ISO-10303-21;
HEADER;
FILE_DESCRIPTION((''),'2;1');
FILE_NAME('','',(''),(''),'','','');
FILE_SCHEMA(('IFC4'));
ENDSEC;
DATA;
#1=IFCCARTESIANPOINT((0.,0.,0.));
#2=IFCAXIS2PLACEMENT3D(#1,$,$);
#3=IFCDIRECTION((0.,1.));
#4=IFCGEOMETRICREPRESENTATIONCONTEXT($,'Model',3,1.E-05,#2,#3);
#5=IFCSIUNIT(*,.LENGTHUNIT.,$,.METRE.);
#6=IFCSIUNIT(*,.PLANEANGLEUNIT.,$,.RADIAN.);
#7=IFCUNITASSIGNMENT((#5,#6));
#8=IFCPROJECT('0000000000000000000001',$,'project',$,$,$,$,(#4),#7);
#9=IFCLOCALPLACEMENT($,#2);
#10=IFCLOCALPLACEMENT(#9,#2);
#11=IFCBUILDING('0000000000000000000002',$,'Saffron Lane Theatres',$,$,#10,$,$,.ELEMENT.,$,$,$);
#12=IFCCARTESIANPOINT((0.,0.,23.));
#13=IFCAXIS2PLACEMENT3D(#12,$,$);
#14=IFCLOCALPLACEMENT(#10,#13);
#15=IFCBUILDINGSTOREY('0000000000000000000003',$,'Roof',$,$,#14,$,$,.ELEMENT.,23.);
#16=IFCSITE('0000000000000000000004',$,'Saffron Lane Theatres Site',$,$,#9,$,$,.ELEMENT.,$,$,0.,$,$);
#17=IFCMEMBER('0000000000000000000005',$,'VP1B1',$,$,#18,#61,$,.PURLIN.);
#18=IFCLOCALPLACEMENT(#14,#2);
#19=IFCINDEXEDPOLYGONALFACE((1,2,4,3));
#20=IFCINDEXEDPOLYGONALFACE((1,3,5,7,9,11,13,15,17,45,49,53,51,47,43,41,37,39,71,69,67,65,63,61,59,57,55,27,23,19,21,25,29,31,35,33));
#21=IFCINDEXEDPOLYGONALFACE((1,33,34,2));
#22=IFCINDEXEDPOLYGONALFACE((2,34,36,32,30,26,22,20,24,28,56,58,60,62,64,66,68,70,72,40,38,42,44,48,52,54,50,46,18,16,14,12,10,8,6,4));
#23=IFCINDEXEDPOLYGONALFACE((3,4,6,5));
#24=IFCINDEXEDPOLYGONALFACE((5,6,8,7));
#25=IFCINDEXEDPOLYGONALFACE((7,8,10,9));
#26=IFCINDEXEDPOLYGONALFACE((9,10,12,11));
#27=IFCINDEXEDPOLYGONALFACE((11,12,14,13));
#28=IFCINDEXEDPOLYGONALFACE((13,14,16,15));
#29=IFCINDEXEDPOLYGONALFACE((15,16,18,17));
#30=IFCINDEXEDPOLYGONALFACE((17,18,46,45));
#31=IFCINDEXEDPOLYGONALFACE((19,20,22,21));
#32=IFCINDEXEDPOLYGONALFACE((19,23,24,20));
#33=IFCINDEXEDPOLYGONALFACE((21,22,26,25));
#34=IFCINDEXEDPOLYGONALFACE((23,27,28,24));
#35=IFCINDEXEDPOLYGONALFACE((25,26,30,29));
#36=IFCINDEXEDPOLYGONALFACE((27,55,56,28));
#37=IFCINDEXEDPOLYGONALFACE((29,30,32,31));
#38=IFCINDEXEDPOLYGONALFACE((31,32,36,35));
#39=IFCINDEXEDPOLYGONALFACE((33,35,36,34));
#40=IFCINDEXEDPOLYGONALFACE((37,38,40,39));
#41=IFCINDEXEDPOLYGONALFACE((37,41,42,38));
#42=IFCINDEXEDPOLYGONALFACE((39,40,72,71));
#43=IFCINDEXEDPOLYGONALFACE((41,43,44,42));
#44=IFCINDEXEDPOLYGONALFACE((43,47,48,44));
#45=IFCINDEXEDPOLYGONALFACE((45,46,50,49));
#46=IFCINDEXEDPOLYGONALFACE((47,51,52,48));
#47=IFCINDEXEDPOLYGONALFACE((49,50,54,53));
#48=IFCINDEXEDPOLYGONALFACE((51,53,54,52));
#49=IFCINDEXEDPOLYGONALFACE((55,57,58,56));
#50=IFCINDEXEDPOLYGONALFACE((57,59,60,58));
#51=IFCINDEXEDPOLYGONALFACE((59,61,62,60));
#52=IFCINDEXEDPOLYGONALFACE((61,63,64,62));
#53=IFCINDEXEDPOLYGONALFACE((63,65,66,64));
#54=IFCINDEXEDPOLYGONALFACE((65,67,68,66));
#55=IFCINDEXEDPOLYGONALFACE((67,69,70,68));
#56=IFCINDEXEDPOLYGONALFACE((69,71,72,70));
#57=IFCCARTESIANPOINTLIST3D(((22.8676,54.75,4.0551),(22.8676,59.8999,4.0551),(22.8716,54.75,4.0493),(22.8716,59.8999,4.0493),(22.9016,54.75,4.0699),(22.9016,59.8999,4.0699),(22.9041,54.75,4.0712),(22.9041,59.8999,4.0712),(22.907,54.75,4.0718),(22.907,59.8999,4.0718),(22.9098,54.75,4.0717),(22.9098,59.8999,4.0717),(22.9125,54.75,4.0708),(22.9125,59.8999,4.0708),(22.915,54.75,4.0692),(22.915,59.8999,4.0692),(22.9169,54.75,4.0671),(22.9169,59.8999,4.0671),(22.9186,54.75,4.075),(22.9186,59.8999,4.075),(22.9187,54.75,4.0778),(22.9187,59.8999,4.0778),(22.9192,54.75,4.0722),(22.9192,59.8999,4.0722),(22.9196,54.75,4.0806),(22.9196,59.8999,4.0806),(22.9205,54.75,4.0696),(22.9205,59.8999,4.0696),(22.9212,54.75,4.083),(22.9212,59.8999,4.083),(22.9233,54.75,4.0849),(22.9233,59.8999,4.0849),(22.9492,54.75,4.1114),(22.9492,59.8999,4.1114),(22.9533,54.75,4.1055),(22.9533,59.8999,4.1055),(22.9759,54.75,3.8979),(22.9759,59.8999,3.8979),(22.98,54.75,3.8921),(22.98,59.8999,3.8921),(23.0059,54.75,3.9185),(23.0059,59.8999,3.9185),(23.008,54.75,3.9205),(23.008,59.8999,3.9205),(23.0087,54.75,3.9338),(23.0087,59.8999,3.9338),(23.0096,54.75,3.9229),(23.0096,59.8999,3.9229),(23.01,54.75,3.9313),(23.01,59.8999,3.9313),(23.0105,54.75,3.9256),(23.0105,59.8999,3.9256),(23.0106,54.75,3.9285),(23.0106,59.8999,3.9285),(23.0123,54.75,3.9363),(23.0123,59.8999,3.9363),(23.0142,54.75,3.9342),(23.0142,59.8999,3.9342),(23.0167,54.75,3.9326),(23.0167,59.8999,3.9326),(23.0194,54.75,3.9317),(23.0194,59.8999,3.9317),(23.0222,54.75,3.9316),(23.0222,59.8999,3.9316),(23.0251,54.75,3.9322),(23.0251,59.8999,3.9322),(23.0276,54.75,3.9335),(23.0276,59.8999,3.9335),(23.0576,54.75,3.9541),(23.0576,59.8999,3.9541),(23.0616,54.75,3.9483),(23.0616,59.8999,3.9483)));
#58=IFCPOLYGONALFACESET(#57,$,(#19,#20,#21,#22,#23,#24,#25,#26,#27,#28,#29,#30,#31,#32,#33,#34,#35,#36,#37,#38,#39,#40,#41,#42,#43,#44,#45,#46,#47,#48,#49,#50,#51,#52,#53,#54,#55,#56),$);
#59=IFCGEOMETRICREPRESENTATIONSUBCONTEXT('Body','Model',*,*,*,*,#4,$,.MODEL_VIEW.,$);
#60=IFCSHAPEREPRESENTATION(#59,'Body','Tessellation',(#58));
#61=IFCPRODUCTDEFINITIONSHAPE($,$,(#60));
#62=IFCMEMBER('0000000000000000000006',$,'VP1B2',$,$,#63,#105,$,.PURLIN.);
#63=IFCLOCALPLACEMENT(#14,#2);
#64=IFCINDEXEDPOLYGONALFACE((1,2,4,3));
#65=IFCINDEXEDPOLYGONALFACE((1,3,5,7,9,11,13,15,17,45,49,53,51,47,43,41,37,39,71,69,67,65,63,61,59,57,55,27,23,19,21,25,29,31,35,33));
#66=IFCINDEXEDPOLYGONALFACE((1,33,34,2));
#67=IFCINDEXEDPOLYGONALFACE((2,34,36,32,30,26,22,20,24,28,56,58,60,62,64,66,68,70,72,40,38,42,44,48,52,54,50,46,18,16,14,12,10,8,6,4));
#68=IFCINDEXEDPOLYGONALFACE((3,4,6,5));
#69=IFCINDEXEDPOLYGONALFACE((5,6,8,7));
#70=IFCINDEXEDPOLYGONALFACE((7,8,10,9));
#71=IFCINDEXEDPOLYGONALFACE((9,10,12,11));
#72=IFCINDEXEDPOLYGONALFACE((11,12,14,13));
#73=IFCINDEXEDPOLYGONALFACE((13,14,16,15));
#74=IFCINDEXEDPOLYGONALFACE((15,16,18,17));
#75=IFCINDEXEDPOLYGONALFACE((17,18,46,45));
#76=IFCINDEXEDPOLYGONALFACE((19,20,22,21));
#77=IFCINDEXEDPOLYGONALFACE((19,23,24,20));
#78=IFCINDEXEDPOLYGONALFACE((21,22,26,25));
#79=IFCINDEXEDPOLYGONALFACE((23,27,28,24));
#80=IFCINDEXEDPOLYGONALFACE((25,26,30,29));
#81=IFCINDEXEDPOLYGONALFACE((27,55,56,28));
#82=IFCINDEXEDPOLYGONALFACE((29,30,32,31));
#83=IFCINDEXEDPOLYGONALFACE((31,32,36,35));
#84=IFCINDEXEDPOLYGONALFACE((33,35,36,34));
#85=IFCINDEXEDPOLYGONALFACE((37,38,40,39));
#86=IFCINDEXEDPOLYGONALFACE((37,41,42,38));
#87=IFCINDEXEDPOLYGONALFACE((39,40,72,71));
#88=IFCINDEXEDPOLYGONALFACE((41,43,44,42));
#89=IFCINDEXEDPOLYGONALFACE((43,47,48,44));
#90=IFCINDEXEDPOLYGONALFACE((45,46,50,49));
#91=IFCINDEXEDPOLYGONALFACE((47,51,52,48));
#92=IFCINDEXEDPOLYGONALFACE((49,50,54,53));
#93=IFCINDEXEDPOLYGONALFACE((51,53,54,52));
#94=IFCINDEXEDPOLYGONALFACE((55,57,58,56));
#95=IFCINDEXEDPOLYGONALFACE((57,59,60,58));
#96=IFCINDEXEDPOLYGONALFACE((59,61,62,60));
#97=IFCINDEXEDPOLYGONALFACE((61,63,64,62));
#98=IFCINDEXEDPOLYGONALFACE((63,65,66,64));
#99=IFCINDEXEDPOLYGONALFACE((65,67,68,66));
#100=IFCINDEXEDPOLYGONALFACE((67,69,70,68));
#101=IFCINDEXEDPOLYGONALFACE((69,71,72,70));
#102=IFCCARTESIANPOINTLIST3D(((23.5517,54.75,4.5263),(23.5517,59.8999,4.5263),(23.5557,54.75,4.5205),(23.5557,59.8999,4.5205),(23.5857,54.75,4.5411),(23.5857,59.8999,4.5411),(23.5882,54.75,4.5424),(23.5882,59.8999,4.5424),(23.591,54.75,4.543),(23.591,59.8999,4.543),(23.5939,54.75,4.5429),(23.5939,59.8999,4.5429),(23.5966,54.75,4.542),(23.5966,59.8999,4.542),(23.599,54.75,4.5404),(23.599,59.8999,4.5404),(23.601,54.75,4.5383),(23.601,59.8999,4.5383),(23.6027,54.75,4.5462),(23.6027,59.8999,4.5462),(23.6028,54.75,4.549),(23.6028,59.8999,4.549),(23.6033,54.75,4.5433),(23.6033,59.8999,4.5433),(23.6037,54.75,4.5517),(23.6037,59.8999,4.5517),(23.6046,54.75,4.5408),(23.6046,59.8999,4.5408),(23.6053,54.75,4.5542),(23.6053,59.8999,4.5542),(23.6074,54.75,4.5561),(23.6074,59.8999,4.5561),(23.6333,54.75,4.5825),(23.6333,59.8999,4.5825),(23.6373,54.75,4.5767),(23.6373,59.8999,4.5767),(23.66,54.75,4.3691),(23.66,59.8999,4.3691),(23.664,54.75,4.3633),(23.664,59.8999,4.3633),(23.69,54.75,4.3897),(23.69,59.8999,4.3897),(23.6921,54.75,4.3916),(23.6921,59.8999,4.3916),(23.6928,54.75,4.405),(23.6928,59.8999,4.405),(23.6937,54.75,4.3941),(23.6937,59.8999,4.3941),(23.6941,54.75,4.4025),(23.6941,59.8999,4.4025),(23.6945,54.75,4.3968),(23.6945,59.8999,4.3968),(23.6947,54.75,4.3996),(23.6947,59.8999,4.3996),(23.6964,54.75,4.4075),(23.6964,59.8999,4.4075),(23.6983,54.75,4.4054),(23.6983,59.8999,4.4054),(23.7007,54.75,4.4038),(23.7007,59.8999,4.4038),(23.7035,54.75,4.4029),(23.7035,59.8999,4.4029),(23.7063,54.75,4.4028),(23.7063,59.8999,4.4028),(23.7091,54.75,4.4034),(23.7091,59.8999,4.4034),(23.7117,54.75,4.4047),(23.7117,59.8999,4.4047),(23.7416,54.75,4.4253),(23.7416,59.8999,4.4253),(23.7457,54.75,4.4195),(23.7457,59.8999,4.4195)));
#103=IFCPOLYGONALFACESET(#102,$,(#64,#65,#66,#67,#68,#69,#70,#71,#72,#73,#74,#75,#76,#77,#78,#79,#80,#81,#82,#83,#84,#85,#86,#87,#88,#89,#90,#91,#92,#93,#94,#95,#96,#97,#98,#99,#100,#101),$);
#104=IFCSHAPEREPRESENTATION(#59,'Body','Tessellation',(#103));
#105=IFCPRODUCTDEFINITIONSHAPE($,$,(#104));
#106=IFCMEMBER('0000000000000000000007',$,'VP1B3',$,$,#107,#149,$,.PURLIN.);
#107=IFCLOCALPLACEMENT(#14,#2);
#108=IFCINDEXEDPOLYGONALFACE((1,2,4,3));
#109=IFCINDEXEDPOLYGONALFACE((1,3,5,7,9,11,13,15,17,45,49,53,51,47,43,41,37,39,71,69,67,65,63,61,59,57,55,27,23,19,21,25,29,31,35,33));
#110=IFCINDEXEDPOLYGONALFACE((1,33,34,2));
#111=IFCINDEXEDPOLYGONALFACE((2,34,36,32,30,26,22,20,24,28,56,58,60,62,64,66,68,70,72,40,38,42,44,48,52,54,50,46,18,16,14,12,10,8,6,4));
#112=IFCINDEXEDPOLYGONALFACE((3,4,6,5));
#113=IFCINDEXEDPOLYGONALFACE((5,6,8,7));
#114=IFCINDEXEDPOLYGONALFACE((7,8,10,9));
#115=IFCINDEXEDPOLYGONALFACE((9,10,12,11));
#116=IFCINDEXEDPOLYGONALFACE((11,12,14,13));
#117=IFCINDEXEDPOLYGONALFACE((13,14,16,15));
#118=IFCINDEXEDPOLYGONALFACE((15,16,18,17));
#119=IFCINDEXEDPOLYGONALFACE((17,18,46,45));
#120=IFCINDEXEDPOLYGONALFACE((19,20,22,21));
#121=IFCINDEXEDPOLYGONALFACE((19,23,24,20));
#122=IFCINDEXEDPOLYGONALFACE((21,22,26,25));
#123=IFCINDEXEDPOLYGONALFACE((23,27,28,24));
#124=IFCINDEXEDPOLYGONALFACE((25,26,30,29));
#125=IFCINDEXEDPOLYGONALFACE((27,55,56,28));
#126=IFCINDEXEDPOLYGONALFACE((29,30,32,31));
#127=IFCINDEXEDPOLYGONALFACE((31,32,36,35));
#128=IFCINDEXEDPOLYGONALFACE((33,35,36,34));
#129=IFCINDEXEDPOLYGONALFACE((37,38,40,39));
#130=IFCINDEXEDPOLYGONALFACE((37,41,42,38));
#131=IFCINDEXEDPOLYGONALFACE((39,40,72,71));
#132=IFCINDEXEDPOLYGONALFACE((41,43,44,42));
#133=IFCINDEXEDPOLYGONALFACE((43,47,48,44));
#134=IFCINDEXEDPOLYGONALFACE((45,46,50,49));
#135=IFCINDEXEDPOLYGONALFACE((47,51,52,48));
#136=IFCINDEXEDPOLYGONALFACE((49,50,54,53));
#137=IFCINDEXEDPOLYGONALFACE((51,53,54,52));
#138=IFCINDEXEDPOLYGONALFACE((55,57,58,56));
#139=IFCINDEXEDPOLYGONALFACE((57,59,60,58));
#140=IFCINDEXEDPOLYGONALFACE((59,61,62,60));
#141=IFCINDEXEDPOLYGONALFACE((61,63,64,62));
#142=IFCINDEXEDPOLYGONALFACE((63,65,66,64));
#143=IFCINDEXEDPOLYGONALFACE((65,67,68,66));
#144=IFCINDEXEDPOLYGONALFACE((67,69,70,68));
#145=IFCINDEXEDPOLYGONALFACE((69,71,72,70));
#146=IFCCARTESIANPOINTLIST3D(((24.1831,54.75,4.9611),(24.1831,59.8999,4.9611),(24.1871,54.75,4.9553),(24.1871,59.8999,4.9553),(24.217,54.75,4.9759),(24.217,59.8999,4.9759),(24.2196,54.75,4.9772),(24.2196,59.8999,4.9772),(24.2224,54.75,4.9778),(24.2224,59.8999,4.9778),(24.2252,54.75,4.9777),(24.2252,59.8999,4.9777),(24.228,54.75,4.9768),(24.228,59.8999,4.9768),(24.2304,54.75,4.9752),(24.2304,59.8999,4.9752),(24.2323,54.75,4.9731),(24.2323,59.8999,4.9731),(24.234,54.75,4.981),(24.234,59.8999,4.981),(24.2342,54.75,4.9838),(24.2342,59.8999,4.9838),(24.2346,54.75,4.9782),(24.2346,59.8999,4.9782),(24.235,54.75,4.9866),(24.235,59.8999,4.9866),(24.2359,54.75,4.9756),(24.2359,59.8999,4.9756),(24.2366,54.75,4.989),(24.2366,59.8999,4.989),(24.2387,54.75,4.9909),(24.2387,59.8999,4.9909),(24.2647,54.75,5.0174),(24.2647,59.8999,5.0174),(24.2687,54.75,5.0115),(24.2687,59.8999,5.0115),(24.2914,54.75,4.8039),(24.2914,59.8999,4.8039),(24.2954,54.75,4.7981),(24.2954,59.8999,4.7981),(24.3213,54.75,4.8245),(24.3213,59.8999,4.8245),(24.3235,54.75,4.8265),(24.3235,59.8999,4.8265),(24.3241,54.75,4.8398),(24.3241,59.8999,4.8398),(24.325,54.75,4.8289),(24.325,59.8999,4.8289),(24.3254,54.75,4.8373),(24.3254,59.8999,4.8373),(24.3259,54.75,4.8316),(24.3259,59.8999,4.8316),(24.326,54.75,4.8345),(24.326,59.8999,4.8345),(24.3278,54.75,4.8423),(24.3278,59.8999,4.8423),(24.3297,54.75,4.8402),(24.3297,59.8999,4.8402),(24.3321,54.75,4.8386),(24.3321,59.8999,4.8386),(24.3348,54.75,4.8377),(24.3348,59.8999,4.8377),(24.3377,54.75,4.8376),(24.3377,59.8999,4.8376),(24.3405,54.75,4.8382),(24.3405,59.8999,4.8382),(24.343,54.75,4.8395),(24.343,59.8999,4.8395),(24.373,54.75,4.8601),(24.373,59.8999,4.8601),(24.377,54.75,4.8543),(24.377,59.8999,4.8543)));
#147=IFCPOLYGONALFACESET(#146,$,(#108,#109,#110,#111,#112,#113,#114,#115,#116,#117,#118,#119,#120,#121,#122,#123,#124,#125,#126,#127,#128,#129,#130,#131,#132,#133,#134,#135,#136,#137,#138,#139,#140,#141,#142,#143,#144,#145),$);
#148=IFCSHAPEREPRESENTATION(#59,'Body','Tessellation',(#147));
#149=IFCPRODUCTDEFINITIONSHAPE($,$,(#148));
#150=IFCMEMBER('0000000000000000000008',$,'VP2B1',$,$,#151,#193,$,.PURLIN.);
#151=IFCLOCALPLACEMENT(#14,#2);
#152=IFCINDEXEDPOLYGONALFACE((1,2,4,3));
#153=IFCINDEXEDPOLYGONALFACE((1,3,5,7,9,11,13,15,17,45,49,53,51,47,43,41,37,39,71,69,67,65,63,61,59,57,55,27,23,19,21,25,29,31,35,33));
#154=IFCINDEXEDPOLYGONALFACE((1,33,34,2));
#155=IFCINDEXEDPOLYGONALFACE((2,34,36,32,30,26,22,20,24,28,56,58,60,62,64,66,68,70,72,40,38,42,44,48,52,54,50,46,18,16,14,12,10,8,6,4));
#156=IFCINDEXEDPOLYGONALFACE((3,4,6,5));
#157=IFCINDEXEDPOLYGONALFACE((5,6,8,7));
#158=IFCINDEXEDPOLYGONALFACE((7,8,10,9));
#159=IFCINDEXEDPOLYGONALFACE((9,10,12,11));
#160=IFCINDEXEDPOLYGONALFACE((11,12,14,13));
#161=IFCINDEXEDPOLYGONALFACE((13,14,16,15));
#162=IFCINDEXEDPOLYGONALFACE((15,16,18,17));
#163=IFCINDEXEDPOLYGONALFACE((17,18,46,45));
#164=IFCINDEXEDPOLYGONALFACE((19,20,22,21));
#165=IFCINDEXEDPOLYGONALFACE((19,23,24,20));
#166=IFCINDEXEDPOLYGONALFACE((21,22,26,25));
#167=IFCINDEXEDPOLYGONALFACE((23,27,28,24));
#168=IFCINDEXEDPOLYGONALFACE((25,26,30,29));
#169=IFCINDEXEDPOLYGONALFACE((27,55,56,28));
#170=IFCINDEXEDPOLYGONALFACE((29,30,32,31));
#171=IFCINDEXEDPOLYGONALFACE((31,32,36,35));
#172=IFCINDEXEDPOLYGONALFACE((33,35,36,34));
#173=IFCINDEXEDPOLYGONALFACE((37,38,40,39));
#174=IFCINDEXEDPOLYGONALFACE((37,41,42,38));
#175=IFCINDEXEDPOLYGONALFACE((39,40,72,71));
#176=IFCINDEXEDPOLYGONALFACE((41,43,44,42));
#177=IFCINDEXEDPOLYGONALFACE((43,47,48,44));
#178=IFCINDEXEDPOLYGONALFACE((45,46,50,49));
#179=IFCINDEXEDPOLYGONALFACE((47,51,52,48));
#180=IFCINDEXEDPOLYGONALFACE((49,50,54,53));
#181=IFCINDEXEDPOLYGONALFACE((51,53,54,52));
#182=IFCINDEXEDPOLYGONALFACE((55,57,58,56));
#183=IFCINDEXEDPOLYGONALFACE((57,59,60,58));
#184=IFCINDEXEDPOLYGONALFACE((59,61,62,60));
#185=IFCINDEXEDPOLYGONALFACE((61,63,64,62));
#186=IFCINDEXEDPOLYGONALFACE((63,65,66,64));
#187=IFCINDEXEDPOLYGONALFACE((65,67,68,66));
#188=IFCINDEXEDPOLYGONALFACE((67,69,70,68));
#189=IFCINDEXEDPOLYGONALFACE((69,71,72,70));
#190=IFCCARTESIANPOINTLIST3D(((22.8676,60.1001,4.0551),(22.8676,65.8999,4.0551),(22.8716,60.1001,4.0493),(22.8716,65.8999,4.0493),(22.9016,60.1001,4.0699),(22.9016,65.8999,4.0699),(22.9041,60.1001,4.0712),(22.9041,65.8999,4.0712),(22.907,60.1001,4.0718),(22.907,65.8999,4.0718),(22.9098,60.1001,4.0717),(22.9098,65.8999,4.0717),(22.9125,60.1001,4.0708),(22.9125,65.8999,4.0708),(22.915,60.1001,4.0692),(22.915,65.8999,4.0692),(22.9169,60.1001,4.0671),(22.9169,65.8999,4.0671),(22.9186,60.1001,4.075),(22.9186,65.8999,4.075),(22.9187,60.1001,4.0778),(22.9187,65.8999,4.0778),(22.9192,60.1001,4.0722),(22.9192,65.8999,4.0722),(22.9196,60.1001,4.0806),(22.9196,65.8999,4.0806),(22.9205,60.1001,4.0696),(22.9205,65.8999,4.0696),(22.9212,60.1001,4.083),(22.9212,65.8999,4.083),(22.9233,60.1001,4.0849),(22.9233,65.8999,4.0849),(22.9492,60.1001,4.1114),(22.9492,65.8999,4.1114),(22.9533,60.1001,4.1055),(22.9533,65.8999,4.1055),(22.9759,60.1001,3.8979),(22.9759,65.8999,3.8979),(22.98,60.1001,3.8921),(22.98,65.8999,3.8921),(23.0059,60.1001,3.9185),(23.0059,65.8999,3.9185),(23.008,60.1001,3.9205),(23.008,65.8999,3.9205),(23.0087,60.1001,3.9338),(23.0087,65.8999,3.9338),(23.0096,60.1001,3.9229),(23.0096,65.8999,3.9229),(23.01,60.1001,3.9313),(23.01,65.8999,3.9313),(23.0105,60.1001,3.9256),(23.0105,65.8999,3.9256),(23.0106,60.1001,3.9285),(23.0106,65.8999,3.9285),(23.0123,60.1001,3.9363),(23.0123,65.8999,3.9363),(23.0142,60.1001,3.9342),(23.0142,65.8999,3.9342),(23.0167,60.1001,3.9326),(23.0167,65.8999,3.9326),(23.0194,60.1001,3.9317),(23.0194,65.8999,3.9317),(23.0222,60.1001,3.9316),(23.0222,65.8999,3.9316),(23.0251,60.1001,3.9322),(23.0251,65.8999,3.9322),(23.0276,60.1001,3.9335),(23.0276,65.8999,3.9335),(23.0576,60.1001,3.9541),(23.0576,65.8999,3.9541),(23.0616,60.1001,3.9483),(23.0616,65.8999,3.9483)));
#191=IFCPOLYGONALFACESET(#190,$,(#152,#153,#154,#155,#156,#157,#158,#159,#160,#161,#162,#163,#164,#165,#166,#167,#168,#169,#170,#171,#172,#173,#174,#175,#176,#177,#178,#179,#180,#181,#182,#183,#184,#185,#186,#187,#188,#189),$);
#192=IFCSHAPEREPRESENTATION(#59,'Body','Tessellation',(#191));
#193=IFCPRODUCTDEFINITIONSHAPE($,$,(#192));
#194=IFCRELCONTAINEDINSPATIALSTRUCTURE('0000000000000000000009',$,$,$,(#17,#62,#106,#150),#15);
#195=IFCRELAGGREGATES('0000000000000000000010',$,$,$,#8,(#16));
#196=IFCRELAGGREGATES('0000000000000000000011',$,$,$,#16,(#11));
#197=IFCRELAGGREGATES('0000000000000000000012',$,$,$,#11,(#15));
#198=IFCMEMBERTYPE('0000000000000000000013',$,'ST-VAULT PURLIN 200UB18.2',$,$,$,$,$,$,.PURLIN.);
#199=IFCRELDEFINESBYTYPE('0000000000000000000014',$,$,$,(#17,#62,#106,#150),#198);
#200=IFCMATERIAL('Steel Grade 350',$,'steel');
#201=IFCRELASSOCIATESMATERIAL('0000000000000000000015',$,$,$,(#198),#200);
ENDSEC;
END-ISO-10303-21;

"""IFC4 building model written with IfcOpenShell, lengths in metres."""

from ifc_helpers import new_model, si_unit, direction, frame, origin, origin_2d, place, context, subcontext, project, spatial, i_section, extrude, material, material_profile, profile_set, type_object, element, save


model = new_model("IFC4")

# Units and contexts
model_context = context("Model", 3, precision=1e-05, world=origin(), true_north=direction((0.0, 1.0)))
body_context = subcontext(model_context, "Body", "Model", "MODEL_VIEW")
ifc_project = project(units=[si_unit("LENGTHUNIT", "METRE"), si_unit("PLANEANGLEUNIT", "RADIAN")], contexts=[model_context])

# Site, building, storey
site_placement = place(None, origin())
site = spatial("IfcSite", under=ifc_project, at=site_placement, Name="Saffron Lane Theatres Site", CompositionType="ELEMENT", RefElevation=0.0)
building_placement = place(site_placement, origin())
building = spatial("IfcBuilding", under=site, at=building_placement, Name="Saffron Lane Theatres", CompositionType="ELEMENT")
storey_placement = place(building_placement, frame((0.0, 0.0, 23.0)))
storey = spatial("IfcBuildingStorey", under=building, at=storey_placement, Name="Roof", CompositionType="ELEMENT", Elevation=23.0)

# Members
ifc_material_1 = material(Name="Steel Grade 350", Category="steel")
ifc_material_profile_1 = material_profile(ifc_material_1, i_section(OverallWidth=0.0991, OverallDepth=0.198, WebThickness=0.0044, FlangeThickness=0.0071, FilletRadius=0.011, at=origin_2d()))
ifc_profile_set_1 = profile_set([ifc_material_profile_1], Name="Steel Grade 350")
member_type_1 = type_object("IfcMemberType", Name="ST-VAULT PURLIN 200UB18.2", PredefinedType="PURLIN", material=ifc_profile_set_1)
for number, where, z_axis, x_axis, name in (
    (1, (22.9646, 54.75, 4.0017), (0.0, 1.0, 0.0), (0.823487, 0.0, 0.567335), "VP1B1"),
    (2, (23.6487, 54.75, 4.4729), (0.0, 1.0, 0.0), (0.823487, 0.0, 0.567335), "VP1B2"),
    (3, (24.28, 54.75, 4.9077), (0.0, 1.0, 0.0), (0.823487, 0.0, 0.567335), "VP1B3"),
):
    element("IfcMember", number, at=place(storey_placement, frame(where, z_axis=z_axis, x_axis=x_axis)), inside=storey, type_object=member_type_1, Name=name, PredefinedType="PURLIN", context=body_context, shape_type="SweptSolid", body=[
        extrude(i_section(OverallWidth=0.0991, OverallDepth=0.198, WebThickness=0.0044, FlangeThickness=0.0071, FilletRadius=0.011, at=origin_2d()), origin(), (0.0, 0.0, 1.0), 5.1499),
    ])
for number, where, z_axis, x_axis, name in (
    (4, (22.9646, 60.1001, 4.0017), (0.0, 1.0, 0.0), (0.823487, 0.0, 0.567335), "VP2B1"),
):
    element("IfcMember", number, at=place(storey_placement, frame(where, z_axis=z_axis, x_axis=x_axis)), inside=storey, type_object=member_type_1, Name=name, PredefinedType="PURLIN", context=body_context, shape_type="SweptSolid", body=[
        extrude(i_section(OverallWidth=0.0991, OverallDepth=0.198, WebThickness=0.0044, FlangeThickness=0.0071, FilletRadius=0.011, at=origin_2d()), origin(), (0.0, 0.0, 1.0), 5.7998),
    ])

save(model, "model.ifc")
